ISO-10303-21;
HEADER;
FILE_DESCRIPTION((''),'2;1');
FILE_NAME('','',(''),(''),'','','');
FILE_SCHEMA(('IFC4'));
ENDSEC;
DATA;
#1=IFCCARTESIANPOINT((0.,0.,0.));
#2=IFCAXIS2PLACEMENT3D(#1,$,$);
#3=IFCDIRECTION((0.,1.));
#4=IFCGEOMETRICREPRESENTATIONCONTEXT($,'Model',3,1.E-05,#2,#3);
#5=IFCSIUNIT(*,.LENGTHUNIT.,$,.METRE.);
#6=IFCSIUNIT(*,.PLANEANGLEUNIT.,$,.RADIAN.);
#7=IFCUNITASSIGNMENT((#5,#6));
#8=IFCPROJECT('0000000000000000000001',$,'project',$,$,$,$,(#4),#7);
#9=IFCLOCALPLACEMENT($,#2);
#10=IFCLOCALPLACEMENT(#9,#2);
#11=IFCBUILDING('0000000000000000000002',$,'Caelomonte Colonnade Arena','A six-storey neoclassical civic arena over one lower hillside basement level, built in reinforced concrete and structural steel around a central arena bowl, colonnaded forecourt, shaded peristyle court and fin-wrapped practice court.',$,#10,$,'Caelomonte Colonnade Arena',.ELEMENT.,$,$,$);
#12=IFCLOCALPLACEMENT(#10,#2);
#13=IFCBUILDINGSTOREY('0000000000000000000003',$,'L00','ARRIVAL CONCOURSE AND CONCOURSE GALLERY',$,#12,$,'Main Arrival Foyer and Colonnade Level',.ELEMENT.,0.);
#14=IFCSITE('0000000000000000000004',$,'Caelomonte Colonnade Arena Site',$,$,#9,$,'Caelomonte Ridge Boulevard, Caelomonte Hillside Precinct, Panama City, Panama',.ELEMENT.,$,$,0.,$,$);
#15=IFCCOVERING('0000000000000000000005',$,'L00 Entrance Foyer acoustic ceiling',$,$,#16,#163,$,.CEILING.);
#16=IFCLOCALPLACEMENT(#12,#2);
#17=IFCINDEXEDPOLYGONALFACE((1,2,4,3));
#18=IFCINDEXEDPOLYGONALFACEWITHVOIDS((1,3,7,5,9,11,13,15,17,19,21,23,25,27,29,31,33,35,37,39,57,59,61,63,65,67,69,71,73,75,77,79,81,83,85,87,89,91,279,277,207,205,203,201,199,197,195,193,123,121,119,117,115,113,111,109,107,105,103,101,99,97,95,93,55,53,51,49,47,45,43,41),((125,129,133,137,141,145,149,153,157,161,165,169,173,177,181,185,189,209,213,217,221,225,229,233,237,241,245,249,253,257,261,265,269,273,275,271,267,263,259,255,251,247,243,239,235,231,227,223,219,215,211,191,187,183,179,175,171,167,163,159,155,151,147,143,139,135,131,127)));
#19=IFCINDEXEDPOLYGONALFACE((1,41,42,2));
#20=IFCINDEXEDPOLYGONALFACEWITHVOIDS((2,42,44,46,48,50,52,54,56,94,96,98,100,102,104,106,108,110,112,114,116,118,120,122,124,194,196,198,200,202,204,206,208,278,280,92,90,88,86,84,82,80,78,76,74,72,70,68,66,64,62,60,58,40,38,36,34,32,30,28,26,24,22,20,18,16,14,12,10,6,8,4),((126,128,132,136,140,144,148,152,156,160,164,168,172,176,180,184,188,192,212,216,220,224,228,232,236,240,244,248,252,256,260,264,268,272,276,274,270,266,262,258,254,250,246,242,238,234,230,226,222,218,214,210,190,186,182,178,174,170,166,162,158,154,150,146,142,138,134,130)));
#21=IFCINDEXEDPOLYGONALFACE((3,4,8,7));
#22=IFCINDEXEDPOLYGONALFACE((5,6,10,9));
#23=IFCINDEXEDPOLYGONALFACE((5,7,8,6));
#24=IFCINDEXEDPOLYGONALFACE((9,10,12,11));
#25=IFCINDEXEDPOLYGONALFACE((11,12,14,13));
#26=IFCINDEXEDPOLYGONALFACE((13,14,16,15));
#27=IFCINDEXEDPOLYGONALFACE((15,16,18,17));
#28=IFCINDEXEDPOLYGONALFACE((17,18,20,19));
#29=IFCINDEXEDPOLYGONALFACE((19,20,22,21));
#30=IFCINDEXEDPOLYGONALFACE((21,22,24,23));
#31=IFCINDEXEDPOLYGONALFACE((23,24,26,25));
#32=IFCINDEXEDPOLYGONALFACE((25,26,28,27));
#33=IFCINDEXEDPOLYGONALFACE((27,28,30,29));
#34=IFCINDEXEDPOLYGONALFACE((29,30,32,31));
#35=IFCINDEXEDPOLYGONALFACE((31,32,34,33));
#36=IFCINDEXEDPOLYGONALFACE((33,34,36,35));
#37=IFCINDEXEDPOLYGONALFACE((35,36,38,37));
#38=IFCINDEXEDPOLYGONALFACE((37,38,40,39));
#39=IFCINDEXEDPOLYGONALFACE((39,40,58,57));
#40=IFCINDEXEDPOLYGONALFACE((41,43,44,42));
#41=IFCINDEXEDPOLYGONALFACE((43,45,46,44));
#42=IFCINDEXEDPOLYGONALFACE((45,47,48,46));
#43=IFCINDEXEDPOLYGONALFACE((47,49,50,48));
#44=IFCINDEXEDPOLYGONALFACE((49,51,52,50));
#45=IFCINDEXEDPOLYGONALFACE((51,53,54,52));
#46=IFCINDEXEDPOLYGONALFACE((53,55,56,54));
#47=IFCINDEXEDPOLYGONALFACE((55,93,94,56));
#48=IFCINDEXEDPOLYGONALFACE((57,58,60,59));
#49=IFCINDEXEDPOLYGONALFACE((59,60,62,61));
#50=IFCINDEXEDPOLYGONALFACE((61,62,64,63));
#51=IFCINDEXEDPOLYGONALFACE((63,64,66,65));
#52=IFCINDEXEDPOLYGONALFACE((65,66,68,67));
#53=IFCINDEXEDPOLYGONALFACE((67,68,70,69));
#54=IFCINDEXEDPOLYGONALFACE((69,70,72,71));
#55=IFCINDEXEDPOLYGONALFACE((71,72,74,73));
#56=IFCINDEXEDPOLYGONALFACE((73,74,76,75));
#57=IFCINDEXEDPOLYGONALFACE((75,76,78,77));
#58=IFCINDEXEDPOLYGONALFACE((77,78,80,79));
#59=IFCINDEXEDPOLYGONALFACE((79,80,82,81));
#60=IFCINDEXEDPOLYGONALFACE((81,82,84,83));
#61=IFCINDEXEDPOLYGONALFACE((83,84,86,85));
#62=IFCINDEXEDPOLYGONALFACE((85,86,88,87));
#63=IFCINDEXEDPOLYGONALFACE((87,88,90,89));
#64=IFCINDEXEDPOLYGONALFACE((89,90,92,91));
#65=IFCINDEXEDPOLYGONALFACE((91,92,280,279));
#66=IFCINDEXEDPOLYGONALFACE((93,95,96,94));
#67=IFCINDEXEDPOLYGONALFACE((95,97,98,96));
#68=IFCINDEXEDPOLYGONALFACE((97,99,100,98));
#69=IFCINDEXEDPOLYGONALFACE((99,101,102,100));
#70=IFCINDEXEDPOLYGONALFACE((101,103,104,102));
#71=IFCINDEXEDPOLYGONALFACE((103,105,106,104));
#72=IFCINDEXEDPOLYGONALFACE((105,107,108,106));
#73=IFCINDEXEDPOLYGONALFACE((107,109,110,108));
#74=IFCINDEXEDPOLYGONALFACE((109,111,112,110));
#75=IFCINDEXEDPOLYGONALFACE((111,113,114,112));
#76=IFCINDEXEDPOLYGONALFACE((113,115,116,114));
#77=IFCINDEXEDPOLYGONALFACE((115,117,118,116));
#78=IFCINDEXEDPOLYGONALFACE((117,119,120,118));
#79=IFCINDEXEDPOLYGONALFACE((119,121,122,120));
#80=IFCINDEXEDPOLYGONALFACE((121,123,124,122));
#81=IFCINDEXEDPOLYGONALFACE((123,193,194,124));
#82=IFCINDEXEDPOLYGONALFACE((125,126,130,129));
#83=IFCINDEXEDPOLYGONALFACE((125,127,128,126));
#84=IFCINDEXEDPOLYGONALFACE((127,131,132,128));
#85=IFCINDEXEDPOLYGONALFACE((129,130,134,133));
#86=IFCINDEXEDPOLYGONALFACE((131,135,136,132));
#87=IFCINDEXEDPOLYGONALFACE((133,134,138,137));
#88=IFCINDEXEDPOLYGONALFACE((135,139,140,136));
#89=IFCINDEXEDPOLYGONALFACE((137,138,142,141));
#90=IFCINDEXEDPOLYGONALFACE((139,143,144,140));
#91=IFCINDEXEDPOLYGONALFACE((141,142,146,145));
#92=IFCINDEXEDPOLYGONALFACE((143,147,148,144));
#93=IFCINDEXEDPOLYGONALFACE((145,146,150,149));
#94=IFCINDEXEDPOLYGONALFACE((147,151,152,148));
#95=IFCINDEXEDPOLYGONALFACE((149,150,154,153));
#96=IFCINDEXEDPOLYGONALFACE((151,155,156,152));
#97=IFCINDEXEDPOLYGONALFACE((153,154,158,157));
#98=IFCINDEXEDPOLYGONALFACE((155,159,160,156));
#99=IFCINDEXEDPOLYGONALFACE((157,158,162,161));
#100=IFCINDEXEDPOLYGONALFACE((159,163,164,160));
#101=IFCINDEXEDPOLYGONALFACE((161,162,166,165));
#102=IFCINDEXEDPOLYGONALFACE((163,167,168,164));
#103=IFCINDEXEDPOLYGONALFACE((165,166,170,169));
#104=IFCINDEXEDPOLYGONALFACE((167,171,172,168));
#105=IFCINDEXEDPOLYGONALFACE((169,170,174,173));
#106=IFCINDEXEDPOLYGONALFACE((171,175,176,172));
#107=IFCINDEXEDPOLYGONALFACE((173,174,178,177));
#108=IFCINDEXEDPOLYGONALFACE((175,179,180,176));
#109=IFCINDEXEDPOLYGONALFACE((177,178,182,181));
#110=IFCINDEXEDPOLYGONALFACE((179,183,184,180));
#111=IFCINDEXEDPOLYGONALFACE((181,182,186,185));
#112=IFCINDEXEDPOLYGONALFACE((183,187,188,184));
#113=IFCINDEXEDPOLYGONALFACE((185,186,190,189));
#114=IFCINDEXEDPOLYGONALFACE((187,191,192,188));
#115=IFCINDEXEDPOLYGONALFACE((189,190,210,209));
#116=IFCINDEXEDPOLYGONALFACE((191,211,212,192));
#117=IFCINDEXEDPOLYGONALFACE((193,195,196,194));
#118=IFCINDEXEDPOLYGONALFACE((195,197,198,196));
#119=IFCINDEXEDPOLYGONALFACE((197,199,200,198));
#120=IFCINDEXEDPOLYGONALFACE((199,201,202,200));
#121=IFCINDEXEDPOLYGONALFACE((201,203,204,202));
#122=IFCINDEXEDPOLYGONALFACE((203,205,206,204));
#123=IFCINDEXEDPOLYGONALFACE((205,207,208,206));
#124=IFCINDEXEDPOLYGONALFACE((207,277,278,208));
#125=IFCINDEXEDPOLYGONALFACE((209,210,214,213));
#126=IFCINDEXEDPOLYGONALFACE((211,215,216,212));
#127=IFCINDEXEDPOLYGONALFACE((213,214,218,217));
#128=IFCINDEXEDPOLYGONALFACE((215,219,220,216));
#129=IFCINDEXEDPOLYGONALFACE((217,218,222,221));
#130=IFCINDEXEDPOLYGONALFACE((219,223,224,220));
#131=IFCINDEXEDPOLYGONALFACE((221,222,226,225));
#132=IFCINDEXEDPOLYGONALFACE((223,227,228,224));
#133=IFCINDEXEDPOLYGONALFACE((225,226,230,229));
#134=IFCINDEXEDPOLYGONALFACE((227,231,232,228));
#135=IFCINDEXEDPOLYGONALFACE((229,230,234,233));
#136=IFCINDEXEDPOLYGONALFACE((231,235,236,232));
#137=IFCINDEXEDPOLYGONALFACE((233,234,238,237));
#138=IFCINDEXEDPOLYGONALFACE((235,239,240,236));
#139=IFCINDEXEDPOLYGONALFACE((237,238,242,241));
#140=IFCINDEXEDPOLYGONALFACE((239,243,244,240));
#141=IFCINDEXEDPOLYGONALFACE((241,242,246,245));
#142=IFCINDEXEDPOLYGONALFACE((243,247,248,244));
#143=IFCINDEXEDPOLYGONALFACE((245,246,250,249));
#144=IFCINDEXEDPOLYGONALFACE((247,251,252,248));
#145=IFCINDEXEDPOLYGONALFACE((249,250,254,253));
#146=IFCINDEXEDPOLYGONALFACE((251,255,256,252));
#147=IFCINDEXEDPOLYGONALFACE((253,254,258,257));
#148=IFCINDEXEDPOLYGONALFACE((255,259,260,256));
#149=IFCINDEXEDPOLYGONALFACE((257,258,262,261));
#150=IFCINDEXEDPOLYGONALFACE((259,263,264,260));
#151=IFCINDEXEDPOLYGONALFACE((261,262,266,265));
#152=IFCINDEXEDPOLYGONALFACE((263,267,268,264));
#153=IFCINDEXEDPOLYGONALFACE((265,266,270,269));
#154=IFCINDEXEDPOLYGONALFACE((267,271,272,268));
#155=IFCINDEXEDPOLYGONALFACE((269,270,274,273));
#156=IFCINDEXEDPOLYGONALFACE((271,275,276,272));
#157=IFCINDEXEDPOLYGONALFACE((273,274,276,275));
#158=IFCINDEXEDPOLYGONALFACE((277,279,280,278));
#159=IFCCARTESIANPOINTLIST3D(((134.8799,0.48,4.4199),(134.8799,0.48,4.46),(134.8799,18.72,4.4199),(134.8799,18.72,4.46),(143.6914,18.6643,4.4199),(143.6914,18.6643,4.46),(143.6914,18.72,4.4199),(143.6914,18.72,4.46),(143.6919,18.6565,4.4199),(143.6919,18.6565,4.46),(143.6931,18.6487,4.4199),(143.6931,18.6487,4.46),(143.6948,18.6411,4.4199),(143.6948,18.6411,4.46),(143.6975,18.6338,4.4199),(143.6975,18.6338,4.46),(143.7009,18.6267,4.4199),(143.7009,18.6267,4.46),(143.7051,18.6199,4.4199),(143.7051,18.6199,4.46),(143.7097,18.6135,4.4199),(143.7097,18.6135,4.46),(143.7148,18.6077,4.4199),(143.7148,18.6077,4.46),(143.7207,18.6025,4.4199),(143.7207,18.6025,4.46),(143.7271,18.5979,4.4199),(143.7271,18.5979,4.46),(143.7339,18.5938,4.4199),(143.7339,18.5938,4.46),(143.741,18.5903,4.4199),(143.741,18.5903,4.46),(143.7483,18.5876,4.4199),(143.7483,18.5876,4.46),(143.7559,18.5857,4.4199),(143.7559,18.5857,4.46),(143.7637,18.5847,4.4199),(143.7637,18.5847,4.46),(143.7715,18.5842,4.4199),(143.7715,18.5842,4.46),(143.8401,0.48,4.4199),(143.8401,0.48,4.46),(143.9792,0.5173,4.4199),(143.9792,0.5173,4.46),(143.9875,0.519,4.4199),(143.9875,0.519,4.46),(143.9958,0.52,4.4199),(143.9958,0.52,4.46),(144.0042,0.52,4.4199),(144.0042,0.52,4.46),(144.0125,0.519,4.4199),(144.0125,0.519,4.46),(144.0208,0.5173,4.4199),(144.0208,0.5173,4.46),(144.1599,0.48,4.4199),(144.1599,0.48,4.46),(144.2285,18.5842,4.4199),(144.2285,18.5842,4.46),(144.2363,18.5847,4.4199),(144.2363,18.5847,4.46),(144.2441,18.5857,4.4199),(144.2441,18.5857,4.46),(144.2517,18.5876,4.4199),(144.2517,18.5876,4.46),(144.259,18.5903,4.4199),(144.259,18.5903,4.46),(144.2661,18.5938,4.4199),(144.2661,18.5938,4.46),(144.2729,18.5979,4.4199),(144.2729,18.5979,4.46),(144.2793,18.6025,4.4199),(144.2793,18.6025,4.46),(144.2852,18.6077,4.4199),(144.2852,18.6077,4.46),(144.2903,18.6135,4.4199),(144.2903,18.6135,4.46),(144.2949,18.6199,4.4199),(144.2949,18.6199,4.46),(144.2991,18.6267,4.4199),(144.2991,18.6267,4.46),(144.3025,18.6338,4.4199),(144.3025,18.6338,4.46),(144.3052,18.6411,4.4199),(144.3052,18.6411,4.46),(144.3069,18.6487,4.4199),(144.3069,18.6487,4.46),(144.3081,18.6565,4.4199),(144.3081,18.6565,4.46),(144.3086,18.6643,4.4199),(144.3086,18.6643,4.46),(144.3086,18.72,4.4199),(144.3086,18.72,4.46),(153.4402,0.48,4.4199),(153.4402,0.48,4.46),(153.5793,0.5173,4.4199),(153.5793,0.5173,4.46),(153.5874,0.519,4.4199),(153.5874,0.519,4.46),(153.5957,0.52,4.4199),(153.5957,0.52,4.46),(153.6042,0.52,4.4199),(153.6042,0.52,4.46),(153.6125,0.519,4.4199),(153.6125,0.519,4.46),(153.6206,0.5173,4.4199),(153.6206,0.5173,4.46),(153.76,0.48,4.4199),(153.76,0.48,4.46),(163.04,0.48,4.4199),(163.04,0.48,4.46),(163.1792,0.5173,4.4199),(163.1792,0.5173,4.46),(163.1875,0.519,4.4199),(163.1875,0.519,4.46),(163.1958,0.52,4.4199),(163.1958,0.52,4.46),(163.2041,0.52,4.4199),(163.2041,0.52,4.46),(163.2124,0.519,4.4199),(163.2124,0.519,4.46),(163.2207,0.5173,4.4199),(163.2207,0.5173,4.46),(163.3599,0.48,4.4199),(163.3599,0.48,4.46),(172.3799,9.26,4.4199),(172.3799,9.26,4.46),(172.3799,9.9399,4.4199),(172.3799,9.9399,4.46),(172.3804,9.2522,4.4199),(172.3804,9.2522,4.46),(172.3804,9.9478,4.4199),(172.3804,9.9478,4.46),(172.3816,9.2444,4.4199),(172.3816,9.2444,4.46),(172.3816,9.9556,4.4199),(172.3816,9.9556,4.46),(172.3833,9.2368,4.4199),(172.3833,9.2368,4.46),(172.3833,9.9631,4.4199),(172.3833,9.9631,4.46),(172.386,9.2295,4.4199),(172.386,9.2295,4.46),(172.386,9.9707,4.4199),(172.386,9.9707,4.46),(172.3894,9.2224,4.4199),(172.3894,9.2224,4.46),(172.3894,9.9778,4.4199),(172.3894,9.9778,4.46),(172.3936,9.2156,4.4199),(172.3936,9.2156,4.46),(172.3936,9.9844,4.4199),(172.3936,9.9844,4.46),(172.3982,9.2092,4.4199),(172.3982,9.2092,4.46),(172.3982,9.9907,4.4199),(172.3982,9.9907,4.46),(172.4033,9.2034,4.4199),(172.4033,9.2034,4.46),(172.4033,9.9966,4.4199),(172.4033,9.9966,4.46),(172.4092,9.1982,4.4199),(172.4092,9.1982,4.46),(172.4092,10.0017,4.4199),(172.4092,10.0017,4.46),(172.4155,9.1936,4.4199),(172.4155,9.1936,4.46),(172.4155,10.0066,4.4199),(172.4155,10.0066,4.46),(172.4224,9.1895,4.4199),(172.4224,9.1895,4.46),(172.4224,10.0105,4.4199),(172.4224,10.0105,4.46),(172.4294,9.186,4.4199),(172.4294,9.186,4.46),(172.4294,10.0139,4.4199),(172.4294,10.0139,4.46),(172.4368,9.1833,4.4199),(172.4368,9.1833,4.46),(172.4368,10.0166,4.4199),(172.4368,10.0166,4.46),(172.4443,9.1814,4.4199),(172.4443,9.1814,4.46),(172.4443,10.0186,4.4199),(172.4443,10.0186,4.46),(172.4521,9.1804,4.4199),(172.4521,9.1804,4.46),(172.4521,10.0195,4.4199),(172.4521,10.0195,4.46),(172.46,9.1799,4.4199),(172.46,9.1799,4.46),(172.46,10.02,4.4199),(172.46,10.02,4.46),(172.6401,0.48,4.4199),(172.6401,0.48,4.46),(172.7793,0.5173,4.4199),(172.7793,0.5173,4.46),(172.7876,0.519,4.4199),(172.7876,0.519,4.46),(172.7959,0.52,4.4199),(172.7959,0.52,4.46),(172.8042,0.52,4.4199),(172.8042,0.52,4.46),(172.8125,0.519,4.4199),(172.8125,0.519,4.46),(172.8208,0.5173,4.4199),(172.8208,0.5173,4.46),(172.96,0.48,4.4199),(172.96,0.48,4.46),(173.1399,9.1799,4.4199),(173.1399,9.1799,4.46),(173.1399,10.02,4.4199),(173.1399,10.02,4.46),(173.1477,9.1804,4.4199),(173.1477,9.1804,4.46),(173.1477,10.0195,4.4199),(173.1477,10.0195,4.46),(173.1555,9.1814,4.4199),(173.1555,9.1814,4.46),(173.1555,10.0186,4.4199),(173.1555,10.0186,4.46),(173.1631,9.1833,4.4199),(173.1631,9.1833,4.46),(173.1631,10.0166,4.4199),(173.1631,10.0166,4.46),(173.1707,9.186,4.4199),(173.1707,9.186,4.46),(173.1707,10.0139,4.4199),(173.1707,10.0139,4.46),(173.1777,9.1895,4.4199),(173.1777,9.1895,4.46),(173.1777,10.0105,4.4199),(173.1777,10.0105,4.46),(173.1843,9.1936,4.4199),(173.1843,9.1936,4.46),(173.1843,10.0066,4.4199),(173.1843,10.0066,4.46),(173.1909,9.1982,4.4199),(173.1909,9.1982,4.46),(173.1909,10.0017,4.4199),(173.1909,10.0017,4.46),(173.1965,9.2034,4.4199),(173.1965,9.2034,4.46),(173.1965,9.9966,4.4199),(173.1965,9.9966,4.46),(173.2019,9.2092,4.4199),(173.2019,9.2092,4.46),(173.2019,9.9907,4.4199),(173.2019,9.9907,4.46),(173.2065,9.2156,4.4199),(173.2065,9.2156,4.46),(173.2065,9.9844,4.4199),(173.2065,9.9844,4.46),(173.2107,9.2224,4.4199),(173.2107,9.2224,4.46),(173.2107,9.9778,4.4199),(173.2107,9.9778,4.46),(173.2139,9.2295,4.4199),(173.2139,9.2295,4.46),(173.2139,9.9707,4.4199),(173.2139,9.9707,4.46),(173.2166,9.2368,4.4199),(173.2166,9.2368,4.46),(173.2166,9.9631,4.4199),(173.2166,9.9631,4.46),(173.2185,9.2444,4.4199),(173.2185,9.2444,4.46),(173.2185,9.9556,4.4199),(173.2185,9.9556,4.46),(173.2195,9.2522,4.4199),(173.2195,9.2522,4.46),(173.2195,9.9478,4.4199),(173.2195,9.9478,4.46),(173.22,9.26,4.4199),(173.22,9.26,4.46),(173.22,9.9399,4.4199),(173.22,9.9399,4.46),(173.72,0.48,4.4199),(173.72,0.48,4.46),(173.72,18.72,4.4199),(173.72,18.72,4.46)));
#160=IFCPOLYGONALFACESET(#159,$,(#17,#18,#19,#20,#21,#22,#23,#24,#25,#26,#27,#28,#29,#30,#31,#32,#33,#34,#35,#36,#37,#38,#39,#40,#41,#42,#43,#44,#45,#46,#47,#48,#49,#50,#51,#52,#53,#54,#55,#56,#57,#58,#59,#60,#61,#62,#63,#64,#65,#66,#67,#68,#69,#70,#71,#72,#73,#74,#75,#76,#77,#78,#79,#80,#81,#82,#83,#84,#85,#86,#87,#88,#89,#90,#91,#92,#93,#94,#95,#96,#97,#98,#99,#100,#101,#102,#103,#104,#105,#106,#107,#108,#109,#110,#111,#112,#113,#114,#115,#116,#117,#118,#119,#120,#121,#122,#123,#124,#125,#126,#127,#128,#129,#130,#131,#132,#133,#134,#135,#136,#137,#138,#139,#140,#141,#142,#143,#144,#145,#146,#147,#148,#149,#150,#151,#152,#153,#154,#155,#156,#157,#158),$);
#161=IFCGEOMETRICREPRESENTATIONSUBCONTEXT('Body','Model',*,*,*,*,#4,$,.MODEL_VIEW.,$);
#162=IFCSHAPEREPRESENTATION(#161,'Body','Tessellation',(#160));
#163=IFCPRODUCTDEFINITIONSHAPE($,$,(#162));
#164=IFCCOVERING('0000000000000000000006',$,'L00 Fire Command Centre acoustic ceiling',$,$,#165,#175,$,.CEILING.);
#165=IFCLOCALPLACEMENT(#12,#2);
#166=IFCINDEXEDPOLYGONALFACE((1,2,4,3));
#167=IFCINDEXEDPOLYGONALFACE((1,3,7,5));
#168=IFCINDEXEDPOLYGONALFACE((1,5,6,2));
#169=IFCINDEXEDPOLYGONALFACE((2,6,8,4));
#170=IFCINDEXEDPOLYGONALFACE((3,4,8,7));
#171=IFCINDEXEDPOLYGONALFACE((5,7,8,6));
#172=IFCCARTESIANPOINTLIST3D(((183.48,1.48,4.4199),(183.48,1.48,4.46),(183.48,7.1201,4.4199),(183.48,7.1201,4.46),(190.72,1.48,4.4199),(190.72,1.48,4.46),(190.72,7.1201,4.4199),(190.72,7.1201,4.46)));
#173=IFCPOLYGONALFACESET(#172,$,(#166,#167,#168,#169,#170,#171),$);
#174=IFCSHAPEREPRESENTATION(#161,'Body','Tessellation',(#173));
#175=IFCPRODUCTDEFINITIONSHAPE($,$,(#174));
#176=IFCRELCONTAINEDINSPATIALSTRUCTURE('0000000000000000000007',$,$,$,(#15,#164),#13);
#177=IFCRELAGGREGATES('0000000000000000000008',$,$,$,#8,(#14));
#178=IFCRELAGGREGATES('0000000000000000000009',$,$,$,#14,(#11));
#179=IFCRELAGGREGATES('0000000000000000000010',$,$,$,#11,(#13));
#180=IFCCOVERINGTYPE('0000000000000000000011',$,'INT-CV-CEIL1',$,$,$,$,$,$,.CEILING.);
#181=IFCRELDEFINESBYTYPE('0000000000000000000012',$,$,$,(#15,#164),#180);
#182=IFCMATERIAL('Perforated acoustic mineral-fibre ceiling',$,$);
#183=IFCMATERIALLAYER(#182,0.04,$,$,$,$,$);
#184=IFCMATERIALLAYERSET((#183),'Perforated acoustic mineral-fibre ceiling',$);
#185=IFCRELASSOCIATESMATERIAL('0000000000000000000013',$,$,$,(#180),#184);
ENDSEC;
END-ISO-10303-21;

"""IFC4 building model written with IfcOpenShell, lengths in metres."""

from ifc_helpers import new_model, si_unit, direction, frame, origin, place, context, subcontext, project, spatial, polyline, outline, extrude, material, layer, layer_set, type_object, element, save


model = new_model("IFC4")

# Units and contexts
model_context = context("Model", 3, precision=1e-05, world=origin(), true_north=direction((0.0, 1.0)))
body_context = subcontext(model_context, "Body", "Model", "MODEL_VIEW")
ifc_project = project(units=[si_unit("LENGTHUNIT", "METRE"), si_unit("PLANEANGLEUNIT", "RADIAN")], contexts=[model_context])

# Site, building, storey
site_placement = place(None, origin())
site = spatial("IfcSite", under=ifc_project, at=site_placement, Name="Caelomonte Colonnade Arena Site", LongName="Caelomonte Ridge Boulevard, Caelomonte Hillside Precinct, Panama City, Panama", CompositionType="ELEMENT", RefElevation=0.0)
building_placement = place(site_placement, origin())
building = spatial("IfcBuilding", under=site, at=building_placement, Name="Caelomonte Colonnade Arena", Description="A six-storey neoclassical civic arena over one lower hillside basement level, built in reinforced concrete and structural steel around a central arena bowl, colonnaded forecourt, shaded peristyle court and fin-wrapped practice court.", LongName="Caelomonte Colonnade Arena", CompositionType="ELEMENT")
storey_placement = place(building_placement, origin())
storey = spatial("IfcBuildingStorey", under=building, at=storey_placement, Name="L00", Description="ARRIVAL CONCOURSE AND CONCOURSE GALLERY", LongName="Main Arrival Foyer and Colonnade Level", CompositionType="ELEMENT", Elevation=0.0)

# Coverings
ifc_material_1 = material(Name="Perforated acoustic mineral-fibre ceiling")
ifc_layer_1 = layer(ifc_material_1, 0.04)
ifc_layer_set_1 = layer_set([ifc_layer_1], Name="Perforated acoustic mineral-fibre ceiling")
covering_type = type_object("IfcCoveringType", Name="INT-CV-CEIL1", PredefinedType="CEILING", material=ifc_layer_set_1)
covering_1_placement = place(storey_placement, frame((0.0, 0.0, 4.4199)))
element("IfcCovering", 1, at=covering_1_placement, inside=storey, type_object=covering_type, Name="L00 Entrance Foyer acoustic ceiling", PredefinedType="CEILING", context=body_context, shape_type="SweptSolid", body=[
    extrude(outline(polyline([(163.3599, 0.48), (172.6401, 0.48), (172.7793, 0.5173), (172.7876, 0.519), (172.7959, 0.52), (172.8042, 0.52), (172.8125, 0.519), (172.8208, 0.5173), (172.96, 0.48), (173.72, 0.48), (173.72, 18.72), (144.3086, 18.72), (144.3086, 18.6643), (144.3081, 18.6565), (144.3069, 18.6487), (144.3052, 18.6411), (144.3025, 18.6338), (144.2991, 18.6267), (144.2949, 18.6199), (144.2903, 18.6135), (144.2852, 18.6077), (144.2793, 18.6025), (144.2729, 18.5979), (144.2661, 18.5938), (144.259, 18.5903), (144.2517, 18.5876), (144.2441, 18.5857), (144.2363, 18.5847), (144.2285, 18.5842), (143.7715, 18.5842), (143.7637, 18.5847), (143.7559, 18.5857), (143.7483, 18.5876), (143.741, 18.5903), (143.7339, 18.5938), (143.7271, 18.5979), (143.7207, 18.6025), (143.7148, 18.6077), (143.7097, 18.6135), (143.7051, 18.6199), (143.7009, 18.6267), (143.6975, 18.6338), (143.6948, 18.6411), (143.6931, 18.6487), (143.6919, 18.6565), (143.6914, 18.6643), (143.6914, 18.72), (134.8799, 18.72), (134.8799, 0.48), (143.8401, 0.48), (143.9792, 0.5173), (143.9875, 0.519), (143.9958, 0.52), (144.0042, 0.52), (144.0125, 0.519), (144.0208, 0.5173), (144.1599, 0.48), (153.4402, 0.48), (153.5793, 0.5173), (153.5874, 0.519), (153.5957, 0.52), (153.6042, 0.52), (153.6125, 0.519), (153.6206, 0.5173), (153.76, 0.48), (163.04, 0.48), (163.1792, 0.5173), (163.1875, 0.519), (163.1958, 0.52), (163.2041, 0.52), (163.2124, 0.519), (163.2207, 0.5173), (163.3599, 0.48)]), holes=[polyline([(173.1477, 9.1804), (173.1399, 9.1799), (172.46, 9.1799), (172.4521, 9.1804), (172.4443, 9.1814), (172.4368, 9.1833), (172.4294, 9.186), (172.4224, 9.1895), (172.4155, 9.1936), (172.4092, 9.1982), (172.4033, 9.2034), (172.3982, 9.2092), (172.3936, 9.2156), (172.3894, 9.2224), (172.386, 9.2295), (172.3833, 9.2368), (172.3816, 9.2444), (172.3804, 9.2522), (172.3799, 9.26), (172.3799, 9.9399), (172.3804, 9.9478), (172.3816, 9.9556), (172.3833, 9.9631), (172.386, 9.9707), (172.3894, 9.9778), (172.3936, 9.9844), (172.3982, 9.9907), (172.4033, 9.9966), (172.4092, 10.0017), (172.4155, 10.0066), (172.4224, 10.0105), (172.4294, 10.0139), (172.4368, 10.0166), (172.4443, 10.0186), (172.4521, 10.0195), (172.46, 10.02), (173.1399, 10.02), (173.1477, 10.0195), (173.1555, 10.0186), (173.1631, 10.0166), (173.1707, 10.0139), (173.1777, 10.0105), (173.1843, 10.0066), (173.1909, 10.0017), (173.1965, 9.9966), (173.2019, 9.9907), (173.2065, 9.9844), (173.2107, 9.9778), (173.2139, 9.9707), (173.2166, 9.9631), (173.2185, 9.9556), (173.2195, 9.9478), (173.22, 9.9399), (173.22, 9.26), (173.2195, 9.2522), (173.2185, 9.2444), (173.2166, 9.2368), (173.2139, 9.2295), (173.2107, 9.2224), (173.2065, 9.2156), (173.2019, 9.2092), (173.1965, 9.2034), (173.1909, 9.1982), (173.1843, 9.1936), (173.1777, 9.1895), (173.1707, 9.186), (173.1631, 9.1833), (173.1555, 9.1814), (173.1477, 9.1804)])]), origin(), (0.0, 0.0, 1.0), 0.04),
])
covering_2_placement = place(storey_placement, frame((0.0, 0.0, 4.4199)))
element("IfcCovering", 2, at=covering_2_placement, inside=storey, type_object=covering_type, Name="L00 Fire Command Centre acoustic ceiling", PredefinedType="CEILING", context=body_context, shape_type="SweptSolid", body=[
    extrude(outline(polyline([(190.72, 7.1201), (183.48, 7.1201), (183.48, 1.48), (190.72, 1.48), (190.72, 7.1201)])), origin(), (0.0, 0.0, 1.0), 0.04),
])

save(model, "model.ifc")
